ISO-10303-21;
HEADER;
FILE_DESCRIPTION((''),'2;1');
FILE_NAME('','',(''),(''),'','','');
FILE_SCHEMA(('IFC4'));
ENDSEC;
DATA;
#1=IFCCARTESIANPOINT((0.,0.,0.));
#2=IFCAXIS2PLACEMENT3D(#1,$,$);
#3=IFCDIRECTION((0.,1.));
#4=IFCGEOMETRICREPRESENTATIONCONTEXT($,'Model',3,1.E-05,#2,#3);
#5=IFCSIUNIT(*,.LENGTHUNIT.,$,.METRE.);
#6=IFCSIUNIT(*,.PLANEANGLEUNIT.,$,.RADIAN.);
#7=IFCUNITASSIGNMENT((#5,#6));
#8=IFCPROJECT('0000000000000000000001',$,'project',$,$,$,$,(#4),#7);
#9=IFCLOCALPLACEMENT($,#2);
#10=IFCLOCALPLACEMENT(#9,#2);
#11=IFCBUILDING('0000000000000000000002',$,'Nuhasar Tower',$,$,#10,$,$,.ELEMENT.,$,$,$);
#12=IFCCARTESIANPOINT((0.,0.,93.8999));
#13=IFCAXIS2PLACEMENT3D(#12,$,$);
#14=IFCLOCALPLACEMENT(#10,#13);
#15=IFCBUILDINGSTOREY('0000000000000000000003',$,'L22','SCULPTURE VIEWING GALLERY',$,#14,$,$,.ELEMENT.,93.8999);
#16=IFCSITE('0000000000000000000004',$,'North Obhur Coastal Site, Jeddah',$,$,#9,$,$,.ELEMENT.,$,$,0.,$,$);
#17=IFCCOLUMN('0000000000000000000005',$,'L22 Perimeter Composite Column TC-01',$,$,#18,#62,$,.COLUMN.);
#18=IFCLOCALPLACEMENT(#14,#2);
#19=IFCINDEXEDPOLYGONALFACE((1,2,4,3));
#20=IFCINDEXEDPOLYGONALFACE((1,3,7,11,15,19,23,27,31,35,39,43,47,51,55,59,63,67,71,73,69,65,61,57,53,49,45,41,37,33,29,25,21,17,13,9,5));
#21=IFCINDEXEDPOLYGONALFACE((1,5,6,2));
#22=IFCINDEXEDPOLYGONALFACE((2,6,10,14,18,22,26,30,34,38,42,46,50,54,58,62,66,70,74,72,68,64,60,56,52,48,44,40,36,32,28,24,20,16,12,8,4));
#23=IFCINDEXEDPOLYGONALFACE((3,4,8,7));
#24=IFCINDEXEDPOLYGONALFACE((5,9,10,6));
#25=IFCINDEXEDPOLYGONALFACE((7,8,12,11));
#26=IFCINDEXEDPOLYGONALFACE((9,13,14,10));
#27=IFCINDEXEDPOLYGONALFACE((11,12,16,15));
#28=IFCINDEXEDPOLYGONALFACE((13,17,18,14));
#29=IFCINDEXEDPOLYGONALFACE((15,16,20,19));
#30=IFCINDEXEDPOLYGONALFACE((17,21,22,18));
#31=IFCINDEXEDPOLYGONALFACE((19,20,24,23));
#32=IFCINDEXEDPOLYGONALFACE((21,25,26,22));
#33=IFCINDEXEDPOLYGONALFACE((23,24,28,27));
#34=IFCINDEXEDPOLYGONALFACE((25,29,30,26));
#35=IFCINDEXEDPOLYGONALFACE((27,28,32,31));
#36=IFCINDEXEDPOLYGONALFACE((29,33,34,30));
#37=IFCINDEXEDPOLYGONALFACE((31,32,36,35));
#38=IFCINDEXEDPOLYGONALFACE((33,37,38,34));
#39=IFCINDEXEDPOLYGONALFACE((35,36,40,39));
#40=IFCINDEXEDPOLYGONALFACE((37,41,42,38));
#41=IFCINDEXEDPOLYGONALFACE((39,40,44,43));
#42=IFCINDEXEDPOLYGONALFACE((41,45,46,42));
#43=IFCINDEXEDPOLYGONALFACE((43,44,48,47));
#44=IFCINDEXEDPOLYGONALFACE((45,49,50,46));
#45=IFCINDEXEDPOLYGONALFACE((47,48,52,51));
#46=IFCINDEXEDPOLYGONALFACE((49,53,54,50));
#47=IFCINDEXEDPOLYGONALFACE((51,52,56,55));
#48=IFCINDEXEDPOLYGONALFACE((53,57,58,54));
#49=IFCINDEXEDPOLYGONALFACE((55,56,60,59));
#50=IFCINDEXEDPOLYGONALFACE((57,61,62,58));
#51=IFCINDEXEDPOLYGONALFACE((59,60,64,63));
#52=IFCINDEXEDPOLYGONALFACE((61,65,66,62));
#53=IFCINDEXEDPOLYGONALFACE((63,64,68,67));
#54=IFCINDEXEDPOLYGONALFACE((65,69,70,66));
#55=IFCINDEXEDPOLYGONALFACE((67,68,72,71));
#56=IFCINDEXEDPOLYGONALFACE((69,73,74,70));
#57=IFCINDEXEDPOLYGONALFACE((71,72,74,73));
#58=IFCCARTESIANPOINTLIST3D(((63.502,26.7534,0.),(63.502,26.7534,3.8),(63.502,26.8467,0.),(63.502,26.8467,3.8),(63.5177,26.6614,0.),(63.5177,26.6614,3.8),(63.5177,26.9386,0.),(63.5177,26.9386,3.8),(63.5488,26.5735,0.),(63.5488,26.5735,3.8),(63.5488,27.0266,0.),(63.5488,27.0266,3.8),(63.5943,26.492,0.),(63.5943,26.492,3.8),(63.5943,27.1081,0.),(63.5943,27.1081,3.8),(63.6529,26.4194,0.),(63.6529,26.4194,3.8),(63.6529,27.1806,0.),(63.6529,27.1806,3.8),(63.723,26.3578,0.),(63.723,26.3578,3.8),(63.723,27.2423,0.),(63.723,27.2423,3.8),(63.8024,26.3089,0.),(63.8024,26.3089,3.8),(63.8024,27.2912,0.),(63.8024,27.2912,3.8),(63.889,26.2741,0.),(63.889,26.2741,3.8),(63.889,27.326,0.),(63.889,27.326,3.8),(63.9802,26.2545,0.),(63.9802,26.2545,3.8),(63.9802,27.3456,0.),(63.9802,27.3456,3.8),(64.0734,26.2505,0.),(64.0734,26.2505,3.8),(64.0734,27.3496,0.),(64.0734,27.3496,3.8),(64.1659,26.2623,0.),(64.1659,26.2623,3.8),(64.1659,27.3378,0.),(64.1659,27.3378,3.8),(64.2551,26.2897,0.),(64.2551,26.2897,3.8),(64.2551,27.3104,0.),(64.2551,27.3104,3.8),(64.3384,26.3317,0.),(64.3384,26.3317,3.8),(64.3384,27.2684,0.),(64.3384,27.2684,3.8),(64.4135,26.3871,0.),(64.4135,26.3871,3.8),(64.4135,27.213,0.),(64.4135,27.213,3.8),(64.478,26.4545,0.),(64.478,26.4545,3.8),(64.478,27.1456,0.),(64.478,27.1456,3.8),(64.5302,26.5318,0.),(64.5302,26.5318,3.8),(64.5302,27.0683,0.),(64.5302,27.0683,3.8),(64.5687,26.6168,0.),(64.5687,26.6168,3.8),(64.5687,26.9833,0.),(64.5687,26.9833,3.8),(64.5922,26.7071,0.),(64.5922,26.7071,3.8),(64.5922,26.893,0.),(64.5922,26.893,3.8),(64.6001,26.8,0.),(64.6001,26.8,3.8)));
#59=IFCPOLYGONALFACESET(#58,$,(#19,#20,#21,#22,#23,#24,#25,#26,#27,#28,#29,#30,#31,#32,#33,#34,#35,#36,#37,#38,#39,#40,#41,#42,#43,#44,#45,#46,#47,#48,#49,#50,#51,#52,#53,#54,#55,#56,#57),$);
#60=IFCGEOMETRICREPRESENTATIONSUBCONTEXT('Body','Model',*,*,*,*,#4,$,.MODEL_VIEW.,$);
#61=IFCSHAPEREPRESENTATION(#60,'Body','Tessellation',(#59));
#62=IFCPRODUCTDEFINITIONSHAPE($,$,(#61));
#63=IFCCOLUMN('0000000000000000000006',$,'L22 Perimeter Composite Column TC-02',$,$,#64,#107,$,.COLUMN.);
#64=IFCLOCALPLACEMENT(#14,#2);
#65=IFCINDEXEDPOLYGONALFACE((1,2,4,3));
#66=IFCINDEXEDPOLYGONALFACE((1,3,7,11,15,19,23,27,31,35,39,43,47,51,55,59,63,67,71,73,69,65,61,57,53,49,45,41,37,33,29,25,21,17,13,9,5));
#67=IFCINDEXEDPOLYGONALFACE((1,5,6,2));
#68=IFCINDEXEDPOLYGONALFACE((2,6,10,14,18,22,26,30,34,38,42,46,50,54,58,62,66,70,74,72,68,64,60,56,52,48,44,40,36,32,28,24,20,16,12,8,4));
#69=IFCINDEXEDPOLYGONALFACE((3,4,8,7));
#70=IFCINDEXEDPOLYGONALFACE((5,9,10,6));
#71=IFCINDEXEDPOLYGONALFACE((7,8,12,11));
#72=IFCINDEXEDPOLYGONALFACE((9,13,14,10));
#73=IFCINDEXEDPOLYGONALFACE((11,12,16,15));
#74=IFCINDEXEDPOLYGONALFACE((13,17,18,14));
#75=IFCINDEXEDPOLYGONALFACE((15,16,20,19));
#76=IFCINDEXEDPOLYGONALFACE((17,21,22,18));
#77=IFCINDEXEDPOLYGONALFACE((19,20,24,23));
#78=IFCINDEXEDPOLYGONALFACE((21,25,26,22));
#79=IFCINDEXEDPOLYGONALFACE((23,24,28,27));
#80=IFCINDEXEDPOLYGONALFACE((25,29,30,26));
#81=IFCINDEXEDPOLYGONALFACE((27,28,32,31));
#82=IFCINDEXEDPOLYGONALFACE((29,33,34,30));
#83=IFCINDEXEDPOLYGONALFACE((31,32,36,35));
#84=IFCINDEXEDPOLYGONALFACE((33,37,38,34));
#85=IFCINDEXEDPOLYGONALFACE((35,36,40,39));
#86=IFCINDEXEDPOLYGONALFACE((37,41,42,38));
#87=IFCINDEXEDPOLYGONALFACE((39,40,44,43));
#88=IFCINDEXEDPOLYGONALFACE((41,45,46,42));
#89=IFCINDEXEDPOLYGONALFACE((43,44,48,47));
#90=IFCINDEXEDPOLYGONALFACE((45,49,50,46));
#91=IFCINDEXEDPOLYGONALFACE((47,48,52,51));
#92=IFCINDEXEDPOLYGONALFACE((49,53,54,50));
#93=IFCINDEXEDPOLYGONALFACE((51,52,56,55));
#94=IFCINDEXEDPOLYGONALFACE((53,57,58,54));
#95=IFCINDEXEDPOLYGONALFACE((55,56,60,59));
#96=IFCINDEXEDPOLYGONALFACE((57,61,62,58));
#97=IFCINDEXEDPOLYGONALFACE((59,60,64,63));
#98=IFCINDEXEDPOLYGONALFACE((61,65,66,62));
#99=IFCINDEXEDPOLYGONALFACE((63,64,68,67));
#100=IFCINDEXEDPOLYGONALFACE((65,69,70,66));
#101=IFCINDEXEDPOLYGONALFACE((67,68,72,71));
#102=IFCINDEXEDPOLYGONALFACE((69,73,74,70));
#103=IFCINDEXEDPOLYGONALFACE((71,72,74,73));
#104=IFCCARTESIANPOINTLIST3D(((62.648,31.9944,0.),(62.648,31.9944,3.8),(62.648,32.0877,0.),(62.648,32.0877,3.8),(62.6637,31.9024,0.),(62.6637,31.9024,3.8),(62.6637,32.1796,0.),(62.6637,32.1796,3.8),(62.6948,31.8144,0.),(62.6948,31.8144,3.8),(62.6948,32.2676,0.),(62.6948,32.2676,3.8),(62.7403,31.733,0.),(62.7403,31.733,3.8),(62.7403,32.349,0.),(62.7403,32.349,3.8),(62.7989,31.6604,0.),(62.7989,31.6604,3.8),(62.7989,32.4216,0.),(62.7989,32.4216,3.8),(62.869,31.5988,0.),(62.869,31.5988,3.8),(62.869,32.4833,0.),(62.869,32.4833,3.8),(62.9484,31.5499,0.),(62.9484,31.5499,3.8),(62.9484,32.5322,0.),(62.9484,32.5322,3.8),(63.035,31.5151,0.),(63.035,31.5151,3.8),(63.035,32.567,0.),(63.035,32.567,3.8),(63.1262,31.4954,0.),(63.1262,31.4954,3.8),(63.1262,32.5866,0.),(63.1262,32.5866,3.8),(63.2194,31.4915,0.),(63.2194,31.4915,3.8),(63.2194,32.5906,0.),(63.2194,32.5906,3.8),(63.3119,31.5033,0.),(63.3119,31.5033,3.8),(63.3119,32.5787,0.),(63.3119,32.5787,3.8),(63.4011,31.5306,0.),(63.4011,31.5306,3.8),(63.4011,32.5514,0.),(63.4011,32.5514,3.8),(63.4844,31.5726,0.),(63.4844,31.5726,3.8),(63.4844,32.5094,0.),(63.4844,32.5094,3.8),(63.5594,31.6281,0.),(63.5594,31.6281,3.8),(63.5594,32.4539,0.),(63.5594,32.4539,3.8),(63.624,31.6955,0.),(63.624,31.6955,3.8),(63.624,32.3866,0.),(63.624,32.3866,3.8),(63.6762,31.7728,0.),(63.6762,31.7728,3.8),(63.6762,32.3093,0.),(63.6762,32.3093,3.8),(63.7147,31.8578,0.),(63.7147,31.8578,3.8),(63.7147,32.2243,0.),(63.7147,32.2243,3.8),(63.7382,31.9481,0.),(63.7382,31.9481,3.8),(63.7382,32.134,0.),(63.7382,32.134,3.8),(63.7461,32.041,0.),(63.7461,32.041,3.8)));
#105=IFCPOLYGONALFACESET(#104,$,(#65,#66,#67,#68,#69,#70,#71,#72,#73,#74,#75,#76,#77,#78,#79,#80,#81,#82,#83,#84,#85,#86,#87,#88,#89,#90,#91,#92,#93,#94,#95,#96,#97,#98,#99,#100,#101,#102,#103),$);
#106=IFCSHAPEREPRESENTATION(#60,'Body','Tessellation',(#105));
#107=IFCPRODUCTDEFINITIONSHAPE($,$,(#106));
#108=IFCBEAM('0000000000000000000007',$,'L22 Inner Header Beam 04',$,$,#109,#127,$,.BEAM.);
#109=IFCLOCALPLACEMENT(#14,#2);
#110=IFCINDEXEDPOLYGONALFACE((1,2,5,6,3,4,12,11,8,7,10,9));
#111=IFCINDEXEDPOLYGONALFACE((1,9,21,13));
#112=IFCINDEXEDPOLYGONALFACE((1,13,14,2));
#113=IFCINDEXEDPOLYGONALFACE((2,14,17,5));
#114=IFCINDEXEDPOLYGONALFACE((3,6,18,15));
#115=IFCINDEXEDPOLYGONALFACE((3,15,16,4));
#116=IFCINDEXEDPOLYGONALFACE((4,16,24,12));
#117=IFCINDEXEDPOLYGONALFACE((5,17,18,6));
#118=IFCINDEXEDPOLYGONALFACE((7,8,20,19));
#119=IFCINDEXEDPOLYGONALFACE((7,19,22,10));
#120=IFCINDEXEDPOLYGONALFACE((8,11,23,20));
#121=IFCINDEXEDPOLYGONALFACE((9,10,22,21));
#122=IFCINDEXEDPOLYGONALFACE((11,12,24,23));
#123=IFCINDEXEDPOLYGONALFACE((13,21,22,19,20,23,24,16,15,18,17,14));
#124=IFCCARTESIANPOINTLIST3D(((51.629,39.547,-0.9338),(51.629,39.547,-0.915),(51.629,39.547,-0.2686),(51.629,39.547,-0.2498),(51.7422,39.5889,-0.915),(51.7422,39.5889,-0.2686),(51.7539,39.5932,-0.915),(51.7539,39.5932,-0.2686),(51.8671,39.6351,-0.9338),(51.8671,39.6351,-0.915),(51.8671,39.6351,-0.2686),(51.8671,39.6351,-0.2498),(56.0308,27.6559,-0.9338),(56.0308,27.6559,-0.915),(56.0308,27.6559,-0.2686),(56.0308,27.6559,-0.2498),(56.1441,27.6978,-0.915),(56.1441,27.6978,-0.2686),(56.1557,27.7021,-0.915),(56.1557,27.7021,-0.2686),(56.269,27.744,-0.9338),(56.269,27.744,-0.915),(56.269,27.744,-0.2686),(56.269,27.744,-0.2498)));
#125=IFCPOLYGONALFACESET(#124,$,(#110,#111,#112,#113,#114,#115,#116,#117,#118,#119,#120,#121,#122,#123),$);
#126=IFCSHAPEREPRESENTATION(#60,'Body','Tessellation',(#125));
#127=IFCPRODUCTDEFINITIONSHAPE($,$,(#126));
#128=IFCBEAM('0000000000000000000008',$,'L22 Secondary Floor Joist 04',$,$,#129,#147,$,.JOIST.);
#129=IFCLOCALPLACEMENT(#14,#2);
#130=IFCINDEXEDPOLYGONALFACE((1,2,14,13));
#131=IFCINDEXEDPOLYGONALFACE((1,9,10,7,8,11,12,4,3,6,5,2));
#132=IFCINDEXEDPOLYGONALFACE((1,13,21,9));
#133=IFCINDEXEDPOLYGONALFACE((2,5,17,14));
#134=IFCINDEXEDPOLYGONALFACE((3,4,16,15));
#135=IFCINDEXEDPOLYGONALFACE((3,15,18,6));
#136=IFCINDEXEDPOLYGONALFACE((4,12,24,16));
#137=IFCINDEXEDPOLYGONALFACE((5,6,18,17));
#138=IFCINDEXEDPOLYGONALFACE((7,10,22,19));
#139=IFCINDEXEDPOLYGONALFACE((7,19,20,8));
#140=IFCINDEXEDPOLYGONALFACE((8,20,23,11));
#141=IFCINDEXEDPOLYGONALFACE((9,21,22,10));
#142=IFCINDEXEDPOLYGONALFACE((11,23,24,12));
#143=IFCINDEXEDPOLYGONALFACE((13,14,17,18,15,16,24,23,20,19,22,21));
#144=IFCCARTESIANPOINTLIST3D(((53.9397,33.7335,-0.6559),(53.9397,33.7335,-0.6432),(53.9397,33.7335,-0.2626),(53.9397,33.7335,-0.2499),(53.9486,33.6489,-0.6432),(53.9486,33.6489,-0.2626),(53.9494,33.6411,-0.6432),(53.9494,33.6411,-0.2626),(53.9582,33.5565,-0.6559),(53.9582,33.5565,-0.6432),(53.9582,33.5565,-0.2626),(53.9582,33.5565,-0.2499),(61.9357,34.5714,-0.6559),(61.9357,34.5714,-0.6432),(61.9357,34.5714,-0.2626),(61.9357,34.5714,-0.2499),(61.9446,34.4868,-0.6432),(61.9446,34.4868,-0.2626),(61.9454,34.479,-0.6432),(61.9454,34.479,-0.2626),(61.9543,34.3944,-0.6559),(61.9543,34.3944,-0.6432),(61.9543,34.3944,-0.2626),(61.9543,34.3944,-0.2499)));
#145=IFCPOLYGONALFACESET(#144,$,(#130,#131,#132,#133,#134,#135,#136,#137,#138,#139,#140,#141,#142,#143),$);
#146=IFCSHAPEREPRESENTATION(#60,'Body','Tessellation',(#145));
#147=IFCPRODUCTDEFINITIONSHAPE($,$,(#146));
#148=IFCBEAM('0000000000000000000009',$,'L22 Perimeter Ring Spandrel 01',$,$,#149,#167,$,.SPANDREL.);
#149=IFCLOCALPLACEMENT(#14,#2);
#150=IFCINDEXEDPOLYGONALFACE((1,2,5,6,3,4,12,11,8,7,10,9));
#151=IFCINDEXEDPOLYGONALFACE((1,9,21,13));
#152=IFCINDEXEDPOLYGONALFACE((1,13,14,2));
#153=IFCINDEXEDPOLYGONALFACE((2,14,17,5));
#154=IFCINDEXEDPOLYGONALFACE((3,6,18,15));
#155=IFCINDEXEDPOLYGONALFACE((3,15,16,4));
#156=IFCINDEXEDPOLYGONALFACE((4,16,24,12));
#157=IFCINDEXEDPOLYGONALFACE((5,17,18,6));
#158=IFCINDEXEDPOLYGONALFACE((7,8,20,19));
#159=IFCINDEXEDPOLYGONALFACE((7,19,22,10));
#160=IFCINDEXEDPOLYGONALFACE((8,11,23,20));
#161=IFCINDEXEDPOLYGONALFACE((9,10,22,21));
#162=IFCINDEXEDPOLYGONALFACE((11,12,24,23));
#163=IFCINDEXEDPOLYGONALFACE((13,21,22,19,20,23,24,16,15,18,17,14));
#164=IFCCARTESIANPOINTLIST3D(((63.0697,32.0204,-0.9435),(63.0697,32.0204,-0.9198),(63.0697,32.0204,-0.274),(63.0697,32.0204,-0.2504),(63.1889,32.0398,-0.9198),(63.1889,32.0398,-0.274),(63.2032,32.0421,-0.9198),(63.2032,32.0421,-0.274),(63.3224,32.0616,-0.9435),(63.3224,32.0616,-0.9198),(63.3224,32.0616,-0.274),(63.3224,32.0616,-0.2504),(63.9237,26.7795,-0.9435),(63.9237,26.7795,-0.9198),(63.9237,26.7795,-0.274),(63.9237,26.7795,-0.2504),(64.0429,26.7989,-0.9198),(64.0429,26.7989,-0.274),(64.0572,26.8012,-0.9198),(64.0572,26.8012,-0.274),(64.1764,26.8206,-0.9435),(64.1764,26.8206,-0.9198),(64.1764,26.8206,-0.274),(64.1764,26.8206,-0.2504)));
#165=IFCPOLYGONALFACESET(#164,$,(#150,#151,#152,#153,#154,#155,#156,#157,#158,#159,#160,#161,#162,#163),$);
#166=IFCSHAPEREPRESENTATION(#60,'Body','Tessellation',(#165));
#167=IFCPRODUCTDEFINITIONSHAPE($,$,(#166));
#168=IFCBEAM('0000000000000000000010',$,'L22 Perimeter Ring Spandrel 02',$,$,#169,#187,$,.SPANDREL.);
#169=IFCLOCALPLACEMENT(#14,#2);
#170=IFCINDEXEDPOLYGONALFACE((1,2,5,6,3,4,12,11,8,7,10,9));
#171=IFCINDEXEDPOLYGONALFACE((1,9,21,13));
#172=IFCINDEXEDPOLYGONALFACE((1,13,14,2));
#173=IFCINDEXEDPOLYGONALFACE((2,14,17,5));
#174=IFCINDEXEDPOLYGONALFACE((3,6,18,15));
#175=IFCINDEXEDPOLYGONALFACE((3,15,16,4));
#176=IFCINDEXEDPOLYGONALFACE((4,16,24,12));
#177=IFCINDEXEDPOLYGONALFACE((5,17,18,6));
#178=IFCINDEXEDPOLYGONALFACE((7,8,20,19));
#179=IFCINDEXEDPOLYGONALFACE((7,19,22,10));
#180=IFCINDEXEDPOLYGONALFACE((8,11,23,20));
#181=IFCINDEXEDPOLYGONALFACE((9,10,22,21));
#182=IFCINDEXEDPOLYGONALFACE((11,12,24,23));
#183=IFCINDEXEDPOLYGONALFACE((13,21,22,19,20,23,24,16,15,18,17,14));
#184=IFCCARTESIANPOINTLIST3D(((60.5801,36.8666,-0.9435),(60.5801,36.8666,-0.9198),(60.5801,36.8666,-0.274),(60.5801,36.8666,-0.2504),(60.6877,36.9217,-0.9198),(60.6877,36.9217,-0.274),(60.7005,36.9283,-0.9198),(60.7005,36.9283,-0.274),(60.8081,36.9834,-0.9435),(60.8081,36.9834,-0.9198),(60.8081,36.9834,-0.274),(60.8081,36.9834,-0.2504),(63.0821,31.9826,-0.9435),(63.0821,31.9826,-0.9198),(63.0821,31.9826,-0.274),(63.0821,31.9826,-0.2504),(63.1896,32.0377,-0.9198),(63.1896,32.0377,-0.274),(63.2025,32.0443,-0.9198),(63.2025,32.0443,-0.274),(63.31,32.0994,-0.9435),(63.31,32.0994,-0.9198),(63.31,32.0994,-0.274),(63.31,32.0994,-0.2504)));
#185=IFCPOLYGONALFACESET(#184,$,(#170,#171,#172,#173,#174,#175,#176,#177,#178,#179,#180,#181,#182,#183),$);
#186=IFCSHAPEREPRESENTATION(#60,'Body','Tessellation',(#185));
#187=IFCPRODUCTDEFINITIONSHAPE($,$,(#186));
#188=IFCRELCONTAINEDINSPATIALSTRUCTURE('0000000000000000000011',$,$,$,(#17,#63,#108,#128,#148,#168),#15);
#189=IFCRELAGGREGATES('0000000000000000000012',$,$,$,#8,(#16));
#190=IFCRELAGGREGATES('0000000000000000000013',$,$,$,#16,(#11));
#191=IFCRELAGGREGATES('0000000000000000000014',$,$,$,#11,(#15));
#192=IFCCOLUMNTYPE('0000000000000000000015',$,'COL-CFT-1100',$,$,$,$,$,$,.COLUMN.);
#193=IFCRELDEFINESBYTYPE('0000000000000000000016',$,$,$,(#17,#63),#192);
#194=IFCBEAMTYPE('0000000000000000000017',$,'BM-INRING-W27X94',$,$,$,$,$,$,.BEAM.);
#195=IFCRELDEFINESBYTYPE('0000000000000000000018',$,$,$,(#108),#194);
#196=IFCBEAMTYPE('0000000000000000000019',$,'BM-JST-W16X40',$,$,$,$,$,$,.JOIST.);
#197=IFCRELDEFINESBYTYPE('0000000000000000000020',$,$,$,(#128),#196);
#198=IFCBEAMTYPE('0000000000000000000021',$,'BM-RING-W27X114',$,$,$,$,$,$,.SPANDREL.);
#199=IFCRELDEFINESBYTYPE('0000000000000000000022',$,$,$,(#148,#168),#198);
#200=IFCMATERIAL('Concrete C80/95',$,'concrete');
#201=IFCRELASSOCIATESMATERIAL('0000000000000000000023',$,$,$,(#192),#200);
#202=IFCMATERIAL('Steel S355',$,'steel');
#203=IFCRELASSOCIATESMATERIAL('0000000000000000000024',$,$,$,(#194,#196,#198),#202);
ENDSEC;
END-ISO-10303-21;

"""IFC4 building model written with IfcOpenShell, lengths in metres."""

from ifc_helpers import new_model, si_unit, direction, frame, origin, origin_2d, place, context, subcontext, project, spatial, circle, i_section, extrude, material, material_profile, profile_set, type_object, element, save


model = new_model("IFC4")

# Units and contexts
model_context = context("Model", 3, precision=1e-05, world=origin(), true_north=direction((0.0, 1.0)))
body_context = subcontext(model_context, "Body", "Model", "MODEL_VIEW")
ifc_project = project(units=[si_unit("LENGTHUNIT", "METRE"), si_unit("PLANEANGLEUNIT", "RADIAN")], contexts=[model_context])

# Site, building, storey
site_placement = place(None, origin())
site = spatial("IfcSite", under=ifc_project, at=site_placement, Name="North Obhur Coastal Site, Jeddah", CompositionType="ELEMENT", RefElevation=0.0)
building_placement = place(site_placement, origin())
building = spatial("IfcBuilding", under=site, at=building_placement, Name="Nuhasar Tower", CompositionType="ELEMENT")
storey_placement = place(building_placement, frame((0.0, 0.0, 93.8999)))
storey = spatial("IfcBuildingStorey", under=building, at=storey_placement, Name="L22", Description="SCULPTURE VIEWING GALLERY", CompositionType="ELEMENT", Elevation=93.8999)

# Columns
ifc_material_1 = material(Name="Concrete C80/95", Category="concrete")
ifc_material_profile_1 = material_profile(ifc_material_1, circle(Radius=0.55, at=origin_2d()), Name="CFT1100")
ifc_profile_set_1 = profile_set([ifc_material_profile_1], Name="Concrete C80/95")
column_type = type_object("IfcColumnType", Name="COL-CFT-1100", PredefinedType="COLUMN", material=ifc_profile_set_1)
for number, where, z_axis, x_axis, name in (
    (1, (64.05, 26.8, 0.0), (0.0, 0.0, 1.0), (1.0, 0.0, 0.0), "L22 Perimeter Composite Column TC-01"),
    (2, (63.196, 32.041, 0.0), (0.0, 0.0, 1.0), (1.0, 0.0, 0.0), "L22 Perimeter Composite Column TC-02"),
):
    element("IfcColumn", number, at=place(storey_placement, frame(where, z_axis=z_axis, x_axis=x_axis)), inside=storey, type_object=column_type, Name=name, PredefinedType="COLUMN", context=body_context, shape_type="SweptSolid", body=[
        extrude(circle(Radius=0.55, at=origin_2d()), origin(), (0.0, 0.0, 1.0), 3.8),
    ])

# Beams
ifc_material_2 = material(Name="Steel S355", Category="steel")
ifc_material_profile_2 = material_profile(ifc_material_2, i_section(OverallWidth=0.2539, OverallDepth=0.6841, WebThickness=0.0125, FlangeThickness=0.0188, at=origin_2d()), Name="W27X94")
ifc_profile_set_2 = profile_set([ifc_material_profile_2], Name="Steel S355")
beam_type_1 = type_object("IfcBeamType", Name="BM-INRING-W27X94", PredefinedType="BEAM", material=ifc_profile_set_2)
beam_1_placement = place(storey_placement, frame((56.1499, 27.7, -0.5918), z_axis=(-0.347158, 0.937807, 0.0), x_axis=(-0.937807, -0.347158, 0.0)))
element("IfcBeam", 3, at=beam_1_placement, inside=storey, type_object=beam_type_1, Name="L22 Inner Header Beam 04", PredefinedType="BEAM", context=body_context, shape_type="SweptSolid", body=[
    extrude(i_section(OverallWidth=0.2539, OverallDepth=0.6841, WebThickness=0.0125, FlangeThickness=0.0188, at=origin_2d()), origin(), (0.0, 0.0, 1.0), 12.6797),
])
ifc_material_profile_3 = material_profile(ifc_material_2, i_section(OverallWidth=0.178, OverallDepth=0.406, WebThickness=0.0078, FlangeThickness=0.0127, at=origin_2d()), Name="W16X40")
ifc_profile_set_3 = profile_set([ifc_material_profile_3], Name="Steel S355")
beam_type_2 = type_object("IfcBeamType", Name="BM-JST-W16X40", PredefinedType="JOIST", material=ifc_profile_set_3)
beam_2_placement = place(storey_placement, frame((53.949, 33.645, -0.4529), z_axis=(0.994555, 0.104217, 0.0), x_axis=(-0.104217, 0.994555, 0.0)))
element("IfcBeam", 4, at=beam_2_placement, inside=storey, type_object=beam_type_2, Name="L22 Secondary Floor Joist 04", PredefinedType="JOIST", context=body_context, shape_type="SweptSolid", body=[
    extrude(i_section(OverallWidth=0.178, OverallDepth=0.406, WebThickness=0.0078, FlangeThickness=0.0127, at=origin_2d()), origin(), (0.0, 0.0, 1.0), 8.0398),
])
ifc_material_profile_4 = material_profile(ifc_material_2, i_section(OverallWidth=0.2561, OverallDepth=0.6931, WebThickness=0.0144, FlangeThickness=0.0237, at=origin_2d()), Name="W27X114")
ifc_profile_set_4 = profile_set([ifc_material_profile_4], Name="Steel S355")
beam_type_3 = type_object("IfcBeamType", Name="BM-RING-W27X114", PredefinedType="SPANDREL", material=ifc_profile_set_4)
beam_3_placement = place(storey_placement, frame((64.05, 26.8, -0.5969), z_axis=(-0.160827, 0.986983, 0.0), x_axis=(-0.986983, -0.160827, 0.0)))
element("IfcBeam", 5, at=beam_3_placement, inside=storey, type_object=beam_type_3, Name="L22 Perimeter Ring Spandrel 01", PredefinedType="SPANDREL", context=body_context, shape_type="SweptSolid", body=[
    extrude(i_section(OverallWidth=0.2561, OverallDepth=0.6931, WebThickness=0.0144, FlangeThickness=0.0237, at=origin_2d()), origin(), (0.0, 0.0, 1.0), 5.3101),
])
beam_4_placement = place(storey_placement, frame((63.196, 32.041, -0.5969), z_axis=(-0.45593, 0.890016, 0.0), x_axis=(-0.890016, -0.45593, 0.0)))
element("IfcBeam", 6, at=beam_4_placement, inside=storey, type_object=beam_type_3, Name="L22 Perimeter Ring Spandrel 02", PredefinedType="SPANDREL", context=body_context, shape_type="SweptSolid", body=[
    extrude(i_section(OverallWidth=0.2561, OverallDepth=0.6931, WebThickness=0.0144, FlangeThickness=0.0237, at=origin_2d()), origin(), (0.0, 0.0, 1.0), 5.4875),
])

save(model, "model.ifc")
